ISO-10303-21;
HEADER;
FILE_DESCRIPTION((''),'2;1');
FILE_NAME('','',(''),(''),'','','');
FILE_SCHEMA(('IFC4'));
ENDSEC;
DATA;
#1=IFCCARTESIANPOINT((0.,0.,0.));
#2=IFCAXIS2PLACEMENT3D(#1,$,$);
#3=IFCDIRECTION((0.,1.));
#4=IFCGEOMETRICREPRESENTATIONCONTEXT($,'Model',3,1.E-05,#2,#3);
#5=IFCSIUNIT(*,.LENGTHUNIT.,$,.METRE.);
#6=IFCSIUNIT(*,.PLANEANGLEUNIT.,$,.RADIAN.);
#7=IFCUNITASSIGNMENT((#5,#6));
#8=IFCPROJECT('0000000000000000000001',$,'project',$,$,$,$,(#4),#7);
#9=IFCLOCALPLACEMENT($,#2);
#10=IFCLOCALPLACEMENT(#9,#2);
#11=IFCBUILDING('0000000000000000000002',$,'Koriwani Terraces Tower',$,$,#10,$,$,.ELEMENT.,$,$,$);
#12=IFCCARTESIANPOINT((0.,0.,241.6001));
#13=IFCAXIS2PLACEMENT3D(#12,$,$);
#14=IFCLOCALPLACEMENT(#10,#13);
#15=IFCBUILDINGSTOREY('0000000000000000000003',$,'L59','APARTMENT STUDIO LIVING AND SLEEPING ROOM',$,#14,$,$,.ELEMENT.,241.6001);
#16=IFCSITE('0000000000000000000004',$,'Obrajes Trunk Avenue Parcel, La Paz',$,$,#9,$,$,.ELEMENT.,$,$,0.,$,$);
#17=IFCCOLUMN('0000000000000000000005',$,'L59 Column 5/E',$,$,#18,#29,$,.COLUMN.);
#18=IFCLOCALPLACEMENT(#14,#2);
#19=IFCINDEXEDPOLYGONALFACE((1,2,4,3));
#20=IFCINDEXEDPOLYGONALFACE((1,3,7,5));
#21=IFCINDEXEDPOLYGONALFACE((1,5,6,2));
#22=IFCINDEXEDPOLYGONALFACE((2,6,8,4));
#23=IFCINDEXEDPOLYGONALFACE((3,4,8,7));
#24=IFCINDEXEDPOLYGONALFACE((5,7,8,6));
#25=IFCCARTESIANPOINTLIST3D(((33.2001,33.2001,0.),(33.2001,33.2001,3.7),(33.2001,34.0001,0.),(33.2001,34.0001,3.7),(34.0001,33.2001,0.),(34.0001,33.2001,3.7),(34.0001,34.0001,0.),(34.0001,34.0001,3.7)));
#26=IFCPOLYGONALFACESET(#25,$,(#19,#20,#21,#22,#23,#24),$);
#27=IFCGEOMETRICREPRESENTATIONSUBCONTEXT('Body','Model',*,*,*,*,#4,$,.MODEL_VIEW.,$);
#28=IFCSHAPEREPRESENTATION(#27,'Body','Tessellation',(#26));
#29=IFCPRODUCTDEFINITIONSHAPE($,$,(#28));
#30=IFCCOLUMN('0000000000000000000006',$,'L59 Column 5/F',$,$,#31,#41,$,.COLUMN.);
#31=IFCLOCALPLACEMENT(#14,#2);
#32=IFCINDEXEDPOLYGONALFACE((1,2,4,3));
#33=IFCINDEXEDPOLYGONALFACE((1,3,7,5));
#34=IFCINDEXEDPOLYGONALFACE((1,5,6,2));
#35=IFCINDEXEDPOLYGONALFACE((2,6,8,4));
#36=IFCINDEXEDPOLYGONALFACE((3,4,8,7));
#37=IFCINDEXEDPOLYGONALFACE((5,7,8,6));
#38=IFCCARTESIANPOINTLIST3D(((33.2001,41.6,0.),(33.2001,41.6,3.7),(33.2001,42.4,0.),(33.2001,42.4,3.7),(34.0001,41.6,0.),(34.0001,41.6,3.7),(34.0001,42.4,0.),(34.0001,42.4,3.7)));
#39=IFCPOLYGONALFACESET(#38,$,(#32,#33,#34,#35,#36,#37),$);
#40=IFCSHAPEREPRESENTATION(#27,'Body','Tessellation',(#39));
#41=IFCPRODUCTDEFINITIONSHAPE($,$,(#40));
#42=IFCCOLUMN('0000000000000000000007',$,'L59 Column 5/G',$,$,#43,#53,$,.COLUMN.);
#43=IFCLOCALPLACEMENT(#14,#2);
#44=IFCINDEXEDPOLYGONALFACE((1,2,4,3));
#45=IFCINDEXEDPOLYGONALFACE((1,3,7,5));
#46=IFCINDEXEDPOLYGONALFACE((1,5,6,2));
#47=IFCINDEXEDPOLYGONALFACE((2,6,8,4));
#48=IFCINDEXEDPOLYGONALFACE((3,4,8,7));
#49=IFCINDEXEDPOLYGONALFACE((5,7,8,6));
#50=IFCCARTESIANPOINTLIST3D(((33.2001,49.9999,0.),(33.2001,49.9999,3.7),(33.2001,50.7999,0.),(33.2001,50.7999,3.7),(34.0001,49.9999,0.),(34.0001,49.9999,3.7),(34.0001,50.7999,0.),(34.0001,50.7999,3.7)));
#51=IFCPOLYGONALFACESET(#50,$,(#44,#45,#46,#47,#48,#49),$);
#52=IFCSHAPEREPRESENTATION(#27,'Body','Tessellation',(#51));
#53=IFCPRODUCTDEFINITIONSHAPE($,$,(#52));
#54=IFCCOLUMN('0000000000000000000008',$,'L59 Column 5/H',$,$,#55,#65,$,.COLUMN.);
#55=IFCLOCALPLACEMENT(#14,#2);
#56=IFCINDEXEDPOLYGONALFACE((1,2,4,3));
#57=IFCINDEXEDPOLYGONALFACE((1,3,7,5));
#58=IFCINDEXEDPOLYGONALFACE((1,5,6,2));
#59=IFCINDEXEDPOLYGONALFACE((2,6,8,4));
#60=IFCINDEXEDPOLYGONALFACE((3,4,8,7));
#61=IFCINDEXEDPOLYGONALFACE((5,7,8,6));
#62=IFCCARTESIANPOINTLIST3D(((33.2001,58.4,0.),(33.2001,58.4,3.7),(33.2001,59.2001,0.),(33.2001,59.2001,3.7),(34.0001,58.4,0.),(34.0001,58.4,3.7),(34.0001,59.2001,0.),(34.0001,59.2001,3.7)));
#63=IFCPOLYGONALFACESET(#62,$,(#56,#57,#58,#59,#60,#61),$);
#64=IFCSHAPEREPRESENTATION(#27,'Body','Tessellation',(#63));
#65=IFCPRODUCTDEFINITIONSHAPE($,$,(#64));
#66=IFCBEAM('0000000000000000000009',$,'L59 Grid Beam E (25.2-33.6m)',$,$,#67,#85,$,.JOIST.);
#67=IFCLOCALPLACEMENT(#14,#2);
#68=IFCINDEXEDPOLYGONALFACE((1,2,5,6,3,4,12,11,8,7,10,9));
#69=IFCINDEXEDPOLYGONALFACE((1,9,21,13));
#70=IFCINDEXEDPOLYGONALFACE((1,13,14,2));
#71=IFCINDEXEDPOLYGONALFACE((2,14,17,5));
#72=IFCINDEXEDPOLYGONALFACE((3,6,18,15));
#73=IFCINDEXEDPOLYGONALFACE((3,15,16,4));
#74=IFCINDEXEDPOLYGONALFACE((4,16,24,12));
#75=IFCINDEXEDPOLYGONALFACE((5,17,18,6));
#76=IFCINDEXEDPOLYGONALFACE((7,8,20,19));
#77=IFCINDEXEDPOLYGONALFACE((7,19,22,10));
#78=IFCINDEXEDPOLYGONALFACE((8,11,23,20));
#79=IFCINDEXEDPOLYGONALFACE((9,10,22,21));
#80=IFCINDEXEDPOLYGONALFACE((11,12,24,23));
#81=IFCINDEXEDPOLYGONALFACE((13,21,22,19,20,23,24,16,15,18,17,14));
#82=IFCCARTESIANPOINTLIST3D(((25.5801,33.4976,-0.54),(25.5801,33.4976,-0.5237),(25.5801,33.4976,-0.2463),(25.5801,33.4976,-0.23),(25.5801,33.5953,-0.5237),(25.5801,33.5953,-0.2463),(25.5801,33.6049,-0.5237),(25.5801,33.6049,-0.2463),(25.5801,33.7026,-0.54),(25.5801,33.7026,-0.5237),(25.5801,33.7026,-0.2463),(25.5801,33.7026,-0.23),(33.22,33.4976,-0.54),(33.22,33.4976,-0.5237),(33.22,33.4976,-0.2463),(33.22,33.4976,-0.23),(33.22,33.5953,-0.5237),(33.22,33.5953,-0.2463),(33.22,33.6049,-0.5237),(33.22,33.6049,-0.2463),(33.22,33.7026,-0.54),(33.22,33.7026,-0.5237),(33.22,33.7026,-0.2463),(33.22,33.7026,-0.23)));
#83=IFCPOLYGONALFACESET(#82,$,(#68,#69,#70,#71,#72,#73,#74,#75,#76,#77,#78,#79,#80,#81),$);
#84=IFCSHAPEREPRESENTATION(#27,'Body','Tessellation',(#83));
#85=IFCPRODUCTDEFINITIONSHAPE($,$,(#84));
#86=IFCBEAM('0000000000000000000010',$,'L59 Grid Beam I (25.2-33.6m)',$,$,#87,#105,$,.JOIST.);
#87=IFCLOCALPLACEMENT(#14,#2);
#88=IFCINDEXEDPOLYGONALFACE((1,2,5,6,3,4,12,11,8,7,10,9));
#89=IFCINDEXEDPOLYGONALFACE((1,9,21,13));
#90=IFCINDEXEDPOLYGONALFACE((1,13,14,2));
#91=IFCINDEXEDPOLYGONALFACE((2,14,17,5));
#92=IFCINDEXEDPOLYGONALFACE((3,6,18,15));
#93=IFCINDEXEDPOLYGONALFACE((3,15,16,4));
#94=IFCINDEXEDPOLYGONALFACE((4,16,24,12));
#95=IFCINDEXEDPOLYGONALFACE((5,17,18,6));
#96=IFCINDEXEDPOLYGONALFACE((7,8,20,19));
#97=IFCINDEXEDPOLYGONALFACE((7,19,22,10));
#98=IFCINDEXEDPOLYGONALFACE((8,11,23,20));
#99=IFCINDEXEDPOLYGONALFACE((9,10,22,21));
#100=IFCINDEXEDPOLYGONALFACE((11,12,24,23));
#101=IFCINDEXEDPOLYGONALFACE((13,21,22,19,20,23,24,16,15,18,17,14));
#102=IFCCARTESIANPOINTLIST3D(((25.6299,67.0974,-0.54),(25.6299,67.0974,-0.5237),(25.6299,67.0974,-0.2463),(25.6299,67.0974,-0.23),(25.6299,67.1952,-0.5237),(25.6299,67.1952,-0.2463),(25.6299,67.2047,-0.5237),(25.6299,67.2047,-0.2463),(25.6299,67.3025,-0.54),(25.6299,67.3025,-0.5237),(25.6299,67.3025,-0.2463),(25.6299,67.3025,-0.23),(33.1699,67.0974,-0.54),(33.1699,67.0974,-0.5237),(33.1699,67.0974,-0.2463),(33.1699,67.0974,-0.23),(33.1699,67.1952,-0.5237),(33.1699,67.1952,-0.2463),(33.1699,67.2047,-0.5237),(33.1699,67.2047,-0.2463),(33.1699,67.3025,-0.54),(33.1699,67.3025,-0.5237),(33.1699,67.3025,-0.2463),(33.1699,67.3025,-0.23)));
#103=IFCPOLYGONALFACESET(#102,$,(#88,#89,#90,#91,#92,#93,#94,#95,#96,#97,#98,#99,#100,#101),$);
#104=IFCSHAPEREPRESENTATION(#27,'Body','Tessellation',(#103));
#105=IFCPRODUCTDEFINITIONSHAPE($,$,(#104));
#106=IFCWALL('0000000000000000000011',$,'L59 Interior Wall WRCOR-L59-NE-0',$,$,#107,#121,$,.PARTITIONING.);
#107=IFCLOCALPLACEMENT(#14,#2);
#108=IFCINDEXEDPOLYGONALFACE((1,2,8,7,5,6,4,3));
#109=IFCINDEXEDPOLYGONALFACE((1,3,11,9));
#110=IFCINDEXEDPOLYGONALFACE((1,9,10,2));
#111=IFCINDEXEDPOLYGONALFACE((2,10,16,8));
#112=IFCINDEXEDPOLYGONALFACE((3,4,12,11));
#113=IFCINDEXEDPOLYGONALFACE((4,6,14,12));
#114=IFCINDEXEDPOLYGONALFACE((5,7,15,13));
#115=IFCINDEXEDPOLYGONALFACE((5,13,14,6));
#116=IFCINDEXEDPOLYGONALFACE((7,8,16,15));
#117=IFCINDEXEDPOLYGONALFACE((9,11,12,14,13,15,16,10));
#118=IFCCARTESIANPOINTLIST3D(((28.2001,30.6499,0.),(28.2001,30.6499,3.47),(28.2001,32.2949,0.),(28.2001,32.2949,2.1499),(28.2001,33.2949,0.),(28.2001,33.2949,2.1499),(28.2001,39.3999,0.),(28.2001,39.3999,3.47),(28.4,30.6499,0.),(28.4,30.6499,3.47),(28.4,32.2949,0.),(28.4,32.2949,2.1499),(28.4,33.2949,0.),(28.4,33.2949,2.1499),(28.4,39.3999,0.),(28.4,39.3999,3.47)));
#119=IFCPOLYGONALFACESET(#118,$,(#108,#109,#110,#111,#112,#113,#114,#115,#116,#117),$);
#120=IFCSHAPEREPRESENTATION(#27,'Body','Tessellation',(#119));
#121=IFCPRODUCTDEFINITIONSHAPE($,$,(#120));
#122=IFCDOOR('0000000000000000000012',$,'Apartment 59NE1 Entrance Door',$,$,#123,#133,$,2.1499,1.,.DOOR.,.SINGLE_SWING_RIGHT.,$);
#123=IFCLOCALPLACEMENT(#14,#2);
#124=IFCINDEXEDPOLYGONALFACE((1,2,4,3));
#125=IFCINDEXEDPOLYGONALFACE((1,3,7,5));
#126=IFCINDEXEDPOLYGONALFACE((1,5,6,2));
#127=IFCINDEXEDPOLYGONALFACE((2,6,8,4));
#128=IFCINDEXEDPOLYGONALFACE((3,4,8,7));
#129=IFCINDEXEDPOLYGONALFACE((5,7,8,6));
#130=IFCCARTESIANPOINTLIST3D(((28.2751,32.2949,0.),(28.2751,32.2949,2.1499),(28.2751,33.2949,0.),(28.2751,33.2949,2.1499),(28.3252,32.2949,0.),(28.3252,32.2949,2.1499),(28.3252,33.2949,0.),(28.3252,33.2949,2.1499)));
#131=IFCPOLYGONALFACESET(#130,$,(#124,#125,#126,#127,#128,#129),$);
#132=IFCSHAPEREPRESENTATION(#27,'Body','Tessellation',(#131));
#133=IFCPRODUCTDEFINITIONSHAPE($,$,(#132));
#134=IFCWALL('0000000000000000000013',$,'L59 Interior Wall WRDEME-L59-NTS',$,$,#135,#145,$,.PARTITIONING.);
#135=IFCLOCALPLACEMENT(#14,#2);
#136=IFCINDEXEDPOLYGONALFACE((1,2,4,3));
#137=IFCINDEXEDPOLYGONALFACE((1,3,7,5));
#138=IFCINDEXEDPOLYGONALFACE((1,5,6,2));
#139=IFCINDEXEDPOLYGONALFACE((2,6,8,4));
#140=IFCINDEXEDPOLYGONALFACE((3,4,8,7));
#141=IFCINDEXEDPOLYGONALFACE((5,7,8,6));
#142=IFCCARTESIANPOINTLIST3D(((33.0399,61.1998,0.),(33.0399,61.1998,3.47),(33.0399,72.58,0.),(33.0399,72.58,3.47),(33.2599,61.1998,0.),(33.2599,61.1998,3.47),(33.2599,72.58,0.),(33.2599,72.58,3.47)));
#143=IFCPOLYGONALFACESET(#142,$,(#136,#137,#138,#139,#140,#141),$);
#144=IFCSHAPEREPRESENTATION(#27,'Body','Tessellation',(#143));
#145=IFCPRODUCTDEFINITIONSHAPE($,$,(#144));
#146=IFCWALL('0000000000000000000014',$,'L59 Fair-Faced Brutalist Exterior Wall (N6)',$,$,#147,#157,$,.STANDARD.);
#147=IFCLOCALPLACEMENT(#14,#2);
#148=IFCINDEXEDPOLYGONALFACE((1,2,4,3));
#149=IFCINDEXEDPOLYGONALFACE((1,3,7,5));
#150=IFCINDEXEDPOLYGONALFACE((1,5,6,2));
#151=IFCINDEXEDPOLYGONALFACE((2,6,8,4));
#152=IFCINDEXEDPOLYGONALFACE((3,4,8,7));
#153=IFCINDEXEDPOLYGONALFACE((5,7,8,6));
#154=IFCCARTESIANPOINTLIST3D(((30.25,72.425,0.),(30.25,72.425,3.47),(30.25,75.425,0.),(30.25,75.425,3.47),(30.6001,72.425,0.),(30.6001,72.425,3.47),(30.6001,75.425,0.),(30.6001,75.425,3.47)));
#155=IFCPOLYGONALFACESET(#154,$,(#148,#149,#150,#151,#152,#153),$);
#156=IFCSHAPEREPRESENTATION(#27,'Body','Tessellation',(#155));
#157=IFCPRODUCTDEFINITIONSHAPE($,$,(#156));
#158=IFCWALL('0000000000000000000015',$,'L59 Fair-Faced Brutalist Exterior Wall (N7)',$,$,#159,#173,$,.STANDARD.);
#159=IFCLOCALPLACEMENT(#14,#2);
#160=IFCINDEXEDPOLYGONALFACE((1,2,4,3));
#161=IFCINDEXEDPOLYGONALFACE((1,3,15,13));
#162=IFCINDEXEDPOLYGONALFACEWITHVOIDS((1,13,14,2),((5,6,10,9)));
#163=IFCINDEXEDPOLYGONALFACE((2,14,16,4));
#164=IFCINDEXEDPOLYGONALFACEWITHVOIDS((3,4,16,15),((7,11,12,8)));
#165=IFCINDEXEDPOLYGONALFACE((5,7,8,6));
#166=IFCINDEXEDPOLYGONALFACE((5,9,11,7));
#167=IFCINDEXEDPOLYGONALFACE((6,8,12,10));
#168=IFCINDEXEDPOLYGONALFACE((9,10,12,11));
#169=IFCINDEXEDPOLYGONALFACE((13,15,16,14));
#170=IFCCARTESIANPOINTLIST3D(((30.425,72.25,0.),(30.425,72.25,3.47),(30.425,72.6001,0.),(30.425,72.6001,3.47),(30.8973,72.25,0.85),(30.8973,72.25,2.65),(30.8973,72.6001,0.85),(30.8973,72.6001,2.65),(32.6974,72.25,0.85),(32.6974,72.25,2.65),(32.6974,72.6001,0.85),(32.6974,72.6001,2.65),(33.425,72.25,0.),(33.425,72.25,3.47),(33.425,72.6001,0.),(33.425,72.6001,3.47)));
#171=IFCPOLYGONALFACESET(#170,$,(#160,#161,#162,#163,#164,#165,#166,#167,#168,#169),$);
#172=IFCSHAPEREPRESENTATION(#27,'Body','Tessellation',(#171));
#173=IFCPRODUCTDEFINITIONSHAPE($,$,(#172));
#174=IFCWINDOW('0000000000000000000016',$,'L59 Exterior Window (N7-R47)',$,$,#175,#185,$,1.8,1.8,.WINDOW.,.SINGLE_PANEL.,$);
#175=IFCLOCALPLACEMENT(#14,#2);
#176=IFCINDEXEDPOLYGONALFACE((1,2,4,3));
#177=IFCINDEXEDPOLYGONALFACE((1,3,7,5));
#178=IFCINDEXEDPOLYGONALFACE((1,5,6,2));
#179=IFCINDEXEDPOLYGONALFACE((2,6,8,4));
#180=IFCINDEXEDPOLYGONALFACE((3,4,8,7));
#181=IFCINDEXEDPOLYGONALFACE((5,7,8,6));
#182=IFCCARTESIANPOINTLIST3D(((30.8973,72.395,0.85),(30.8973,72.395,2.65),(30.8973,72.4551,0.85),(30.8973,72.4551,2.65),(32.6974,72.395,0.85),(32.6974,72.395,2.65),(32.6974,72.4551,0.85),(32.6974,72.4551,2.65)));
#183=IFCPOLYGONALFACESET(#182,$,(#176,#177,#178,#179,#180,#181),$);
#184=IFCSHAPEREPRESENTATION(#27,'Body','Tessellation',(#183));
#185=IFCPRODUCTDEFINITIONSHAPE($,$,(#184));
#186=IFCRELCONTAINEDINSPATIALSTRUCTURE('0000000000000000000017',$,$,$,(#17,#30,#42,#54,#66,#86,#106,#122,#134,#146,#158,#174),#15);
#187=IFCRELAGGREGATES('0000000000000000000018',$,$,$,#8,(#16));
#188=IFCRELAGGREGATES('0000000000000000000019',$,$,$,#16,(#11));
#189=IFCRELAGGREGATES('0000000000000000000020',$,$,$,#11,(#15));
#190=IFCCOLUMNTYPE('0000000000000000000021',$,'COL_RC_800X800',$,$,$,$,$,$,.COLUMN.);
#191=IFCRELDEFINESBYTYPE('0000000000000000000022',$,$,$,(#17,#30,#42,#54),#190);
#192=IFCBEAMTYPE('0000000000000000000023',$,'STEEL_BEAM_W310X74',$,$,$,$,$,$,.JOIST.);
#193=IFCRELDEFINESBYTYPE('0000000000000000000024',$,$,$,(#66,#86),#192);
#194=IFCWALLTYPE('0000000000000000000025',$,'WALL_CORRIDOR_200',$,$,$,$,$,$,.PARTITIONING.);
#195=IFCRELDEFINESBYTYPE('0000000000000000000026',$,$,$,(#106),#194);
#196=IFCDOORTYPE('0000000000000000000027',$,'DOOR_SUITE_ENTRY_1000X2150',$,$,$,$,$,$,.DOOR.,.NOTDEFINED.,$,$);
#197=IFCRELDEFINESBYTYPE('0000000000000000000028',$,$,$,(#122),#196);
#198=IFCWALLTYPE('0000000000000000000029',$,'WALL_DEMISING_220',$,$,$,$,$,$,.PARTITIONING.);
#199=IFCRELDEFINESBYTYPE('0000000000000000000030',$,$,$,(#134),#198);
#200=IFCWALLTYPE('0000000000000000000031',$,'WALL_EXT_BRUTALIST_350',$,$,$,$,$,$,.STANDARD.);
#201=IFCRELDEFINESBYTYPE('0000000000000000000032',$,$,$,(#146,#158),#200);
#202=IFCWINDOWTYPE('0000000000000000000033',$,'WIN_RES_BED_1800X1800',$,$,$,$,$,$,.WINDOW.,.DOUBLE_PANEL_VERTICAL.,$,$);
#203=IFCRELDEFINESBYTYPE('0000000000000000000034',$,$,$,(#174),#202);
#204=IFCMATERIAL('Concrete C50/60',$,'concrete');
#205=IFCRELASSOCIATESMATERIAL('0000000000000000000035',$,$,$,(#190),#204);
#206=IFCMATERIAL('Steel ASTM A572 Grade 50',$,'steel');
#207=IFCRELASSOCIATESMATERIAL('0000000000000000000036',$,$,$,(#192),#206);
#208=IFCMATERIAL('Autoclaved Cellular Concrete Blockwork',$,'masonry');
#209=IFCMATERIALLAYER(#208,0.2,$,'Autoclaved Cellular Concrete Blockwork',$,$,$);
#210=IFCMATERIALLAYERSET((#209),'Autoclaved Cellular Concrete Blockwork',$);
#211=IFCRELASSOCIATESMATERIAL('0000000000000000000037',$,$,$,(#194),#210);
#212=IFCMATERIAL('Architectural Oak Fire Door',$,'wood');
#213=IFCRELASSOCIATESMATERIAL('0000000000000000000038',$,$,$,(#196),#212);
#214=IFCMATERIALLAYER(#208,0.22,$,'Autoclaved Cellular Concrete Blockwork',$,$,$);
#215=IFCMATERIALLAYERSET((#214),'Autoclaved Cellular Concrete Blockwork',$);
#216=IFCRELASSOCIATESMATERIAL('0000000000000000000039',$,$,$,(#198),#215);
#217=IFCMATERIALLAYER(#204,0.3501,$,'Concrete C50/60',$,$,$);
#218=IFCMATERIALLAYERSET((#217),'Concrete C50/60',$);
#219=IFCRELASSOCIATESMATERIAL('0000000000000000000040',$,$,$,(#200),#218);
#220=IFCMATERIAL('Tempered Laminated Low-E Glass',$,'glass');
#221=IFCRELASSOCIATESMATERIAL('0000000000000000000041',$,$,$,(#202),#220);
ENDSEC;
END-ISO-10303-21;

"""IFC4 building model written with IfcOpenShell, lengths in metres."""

from ifc_helpers import new_model, si_unit, direction, frame, frame_2d, origin, origin_2d, place, context, subcontext, project, spatial, rectangle, i_section, extrude, material, layer, layer_set, material_profile, profile_set, type_object, element, fill, save


model = new_model("IFC4")

# Units and contexts
model_context = context("Model", 3, precision=1e-05, world=origin(), true_north=direction((0.0, 1.0)))
body_context = subcontext(model_context, "Body", "Model", "MODEL_VIEW")
ifc_project = project(units=[si_unit("LENGTHUNIT", "METRE"), si_unit("PLANEANGLEUNIT", "RADIAN")], contexts=[model_context])

# Site, building, storey
site_placement = place(None, origin())
site = spatial("IfcSite", under=ifc_project, at=site_placement, Name="Obrajes Trunk Avenue Parcel, La Paz", CompositionType="ELEMENT", RefElevation=0.0)
building_placement = place(site_placement, origin())
building = spatial("IfcBuilding", under=site, at=building_placement, Name="Koriwani Terraces Tower", CompositionType="ELEMENT")
storey_placement = place(building_placement, frame((0.0, 0.0, 241.6001)))
storey = spatial("IfcBuildingStorey", under=building, at=storey_placement, Name="L59", Description="APARTMENT STUDIO LIVING AND SLEEPING ROOM", CompositionType="ELEMENT", Elevation=241.6001)

# Columns
ifc_material_1 = material(Name="Concrete C50/60", Category="concrete")
ifc_material_profile_1 = material_profile(ifc_material_1, rectangle(XDim=0.8, YDim=0.8, at=origin_2d()), Name="Concrete C50/60", Category="LoadBearing")
ifc_profile_set_1 = profile_set([ifc_material_profile_1], Name="Concrete C50/60")
column_type = type_object("IfcColumnType", Name="COL_RC_800X800", PredefinedType="COLUMN", material=ifc_profile_set_1)
for number, where, z_axis, x_axis, name in (
    (1, (33.6001, 33.6001, 0.0), (0.0, 0.0, 1.0), (1.0, 0.0, 0.0), "L59 Column 5/E"),
    (2, (33.6001, 42.0, 0.0), (0.0, 0.0, 1.0), (1.0, 0.0, 0.0), "L59 Column 5/F"),
    (3, (33.6001, 50.3999, 0.0), (0.0, 0.0, 1.0), (1.0, 0.0, 0.0), "L59 Column 5/G"),
    (4, (33.6001, 58.8, 0.0), (0.0, 0.0, 1.0), (1.0, 0.0, 0.0), "L59 Column 5/H"),
):
    element("IfcColumn", number, at=place(storey_placement, frame(where, z_axis=z_axis, x_axis=x_axis)), inside=storey, type_object=column_type, Name=name, PredefinedType="COLUMN", context=body_context, shape_type="SweptSolid", body=[
        extrude(rectangle(XDim=0.8, YDim=0.8, at=origin_2d()), origin(), (0.0, 0.0, 1.0), 3.7),
    ])

# Beams
ifc_material_2 = material(Name="Steel ASTM A572 Grade 50", Category="steel")
ifc_material_profile_2 = material_profile(ifc_material_2, i_section(OverallWidth=0.2051, OverallDepth=0.3101, WebThickness=0.0095, FlangeThickness=0.0164, at=origin_2d()), Name="Steel ASTM A572 Grade 50", Category="LoadBearing")
ifc_profile_set_2 = profile_set([ifc_material_profile_2], Name="Steel ASTM A572 Grade 50")
beam_type = type_object("IfcBeamType", Name="STEEL_BEAM_W310X74", PredefinedType="JOIST", material=ifc_profile_set_2)
beam_1_placement = place(storey_placement, frame((25.5801, 33.6001, -0.385), z_axis=(1.0, 0.0, 0.0), x_axis=(0.0, 1.0, 0.0)))
element("IfcBeam", 5, at=beam_1_placement, inside=storey, type_object=beam_type, Name="L59 Grid Beam E (25.2-33.6m)", PredefinedType="JOIST", context=body_context, shape_type="SweptSolid", body=[
    extrude(i_section(OverallWidth=0.2051, OverallDepth=0.3101, WebThickness=0.0095, FlangeThickness=0.0164, at=origin_2d()), origin(), (0.0, 0.0, 1.0), 7.6399),
])
beam_2_placement = place(storey_placement, frame((25.6299, 67.2, -0.385), z_axis=(1.0, 0.0, 0.0), x_axis=(0.0, 1.0, 0.0)))
element("IfcBeam", 6, at=beam_2_placement, inside=storey, type_object=beam_type, Name="L59 Grid Beam I (25.2-33.6m)", PredefinedType="JOIST", context=body_context, shape_type="SweptSolid", body=[
    extrude(i_section(OverallWidth=0.2051, OverallDepth=0.3101, WebThickness=0.0095, FlangeThickness=0.0164, at=origin_2d()), origin(), (0.0, 0.0, 1.0), 7.54),
])

# Wall, opening, door
ifc_material_3 = material(Name="Autoclaved Cellular Concrete Blockwork", Category="masonry")
ifc_layer_1 = layer(ifc_material_3, 0.2, Name="Autoclaved Cellular Concrete Blockwork")
ifc_layer_set_1 = layer_set([ifc_layer_1], Name="Autoclaved Cellular Concrete Blockwork")
wall_type_1 = type_object("IfcWallType", Name="WALL_CORRIDOR_200", PredefinedType="PARTITIONING", material=ifc_layer_set_1)
wall_1_placement = place(storey_placement, frame((28.3, 30.6499, 0.0), z_axis=(0.0, 0.0, 1.0), x_axis=(0.0, 1.0, 0.0)))
wall_1 = element("IfcWall", 7, at=wall_1_placement, inside=storey, type_object=wall_type_1, Name="L59 Interior Wall WRCOR-L59-NE-0", PredefinedType="PARTITIONING", context=body_context, shape_type="SweptSolid", body=[
    extrude(rectangle(XDim=8.75, YDim=0.2, at=frame_2d((4.375, 0.0))), origin(), (0.0, 0.0, 1.0), 3.47),
])
opening_1_placement = place(wall_1_placement, frame((1.645, 0.0, 0.0)))
opening_1 = element("IfcOpeningElement", 8, at=opening_1_placement, cuts=wall_1, PredefinedType="OPENING", context=body_context, shape_type="SweptSolid", body=[
    extrude(rectangle(XDim=1.0, YDim=2.1499, at=frame_2d((0.5, 1.075))), frame((0.0, 0.1099, 0.0), z_axis=(0.0, -1.0, 0.0), x_axis=(1.0, 0.0, 0.0)), (0.0, 0.0, 1.0), 0.22),
])
ifc_material_4 = material(Name="Architectural Oak Fire Door", Category="wood")
door_type_1 = type_object("IfcDoorType", Name="DOOR_SUITE_ENTRY_1000X2150", OperationType="NOTDEFINED", PredefinedType="DOOR", material=ifc_material_4)
door_1_placement = place(opening_1_placement, origin())
door_1 = element("IfcDoor", 9, at=door_1_placement, inside=storey, type_object=door_type_1, Name="Apartment 59NE1 Entrance Door", OperationType="SINGLE_SWING_RIGHT", OverallHeight=2.1499, OverallWidth=1.0, PredefinedType="DOOR", context=body_context, shape_type="SweptSolid", body=[
    extrude(rectangle(XDim=1.0, YDim=2.1499, at=frame_2d((0.5, 1.075))), frame((0.0, 0.0249, 0.0), z_axis=(0.0, -1.0, 0.0), x_axis=(1.0, 0.0, 0.0)), (0.0, 0.0, 1.0), 0.05),
])
fill(opening_1, door_1)

# Walls
ifc_layer_2 = layer(ifc_material_3, 0.22, Name="Autoclaved Cellular Concrete Blockwork")
ifc_layer_set_2 = layer_set([ifc_layer_2], Name="Autoclaved Cellular Concrete Blockwork")
wall_type_2 = type_object("IfcWallType", Name="WALL_DEMISING_220", PredefinedType="PARTITIONING", material=ifc_layer_set_2)
wall_2_placement = place(storey_placement, frame((33.1499, 61.2, 0.0), z_axis=(0.0, 0.0, 1.0), x_axis=(0.0, 1.0, 0.0)))
element("IfcWall", 10, at=wall_2_placement, inside=storey, type_object=wall_type_2, Name="L59 Interior Wall WRDEME-L59-NTS", PredefinedType="PARTITIONING", context=body_context, shape_type="SweptSolid", body=[
    extrude(rectangle(XDim=11.3801, YDim=0.22, at=frame_2d((5.6899, 0.0))), origin(), (0.0, 0.0, 1.0), 3.47),
])
ifc_layer_3 = layer(ifc_material_1, 0.3501, Name="Concrete C50/60")
ifc_layer_set_3 = layer_set([ifc_layer_3], Name="Concrete C50/60")
wall_type_3 = type_object("IfcWallType", Name="WALL_EXT_BRUTALIST_350", PredefinedType="STANDARD", material=ifc_layer_set_3)
wall_3_placement = place(storey_placement, frame((30.425, 75.425, 0.0), z_axis=(0.0, 0.0, 1.0), x_axis=(0.0, -1.0, 0.0)))
element("IfcWall", 11, at=wall_3_placement, inside=storey, type_object=wall_type_3, Name="L59 Fair-Faced Brutalist Exterior Wall (N6)", PredefinedType="STANDARD", context=body_context, shape_type="SweptSolid", body=[
    extrude(rectangle(XDim=3.0, YDim=0.3501, at=frame_2d((1.5, 0.0))), origin(), (0.0, 0.0, 1.0), 3.47),
])

# Wall, opening, window
wall_4_placement = place(storey_placement, frame((30.425, 72.425, 0.0), z_axis=(0.0, 0.0, 1.0), x_axis=(1.0, 0.0, 0.0)))
wall_4 = element("IfcWall", 12, at=wall_4_placement, inside=storey, type_object=wall_type_3, Name="L59 Fair-Faced Brutalist Exterior Wall (N7)", PredefinedType="STANDARD", context=body_context, shape_type="SweptSolid", body=[
    extrude(rectangle(XDim=3.0, YDim=0.3501, at=frame_2d((1.5, 0.0))), origin(), (0.0, 0.0, 1.0), 3.47),
])
opening_2_placement = place(wall_4_placement, frame((0.4724, 0.0, 0.8501)))
opening_2 = element("IfcOpeningElement", 13, at=opening_2_placement, cuts=wall_4, PredefinedType="OPENING", context=body_context, shape_type="SweptSolid", body=[
    extrude(rectangle(XDim=1.8, YDim=1.8, at=frame_2d((0.8999, 0.8999))), frame((0.0, 0.1851, 0.0), z_axis=(0.0, -1.0, 0.0), x_axis=(1.0, 0.0, 0.0)), (0.0, 0.0, 1.0), 0.3701),
])
ifc_material_5 = material(Name="Tempered Laminated Low-E Glass", Category="glass")
window_type = type_object("IfcWindowType", Name="WIN_RES_BED_1800X1800", PartitioningType="DOUBLE_PANEL_VERTICAL", PredefinedType="WINDOW", material=ifc_material_5)
window_1_placement = place(opening_2_placement, origin())
window_1 = element("IfcWindow", 14, at=window_1_placement, inside=storey, type_object=window_type, Name="L59 Exterior Window (N7-R47)", OverallHeight=1.8, OverallWidth=1.8, PartitioningType="SINGLE_PANEL", PredefinedType="WINDOW", context=body_context, shape_type="SweptSolid", body=[
    extrude(rectangle(XDim=1.8, YDim=1.8, at=frame_2d((0.8999, 0.8999))), frame((0.0, 0.03, 0.0), z_axis=(0.0, -1.0, 0.0), x_axis=(1.0, 0.0, 0.0)), (0.0, 0.0, 1.0), 0.0601),
])
fill(opening_2, window_1)

save(model, "model.ifc")
